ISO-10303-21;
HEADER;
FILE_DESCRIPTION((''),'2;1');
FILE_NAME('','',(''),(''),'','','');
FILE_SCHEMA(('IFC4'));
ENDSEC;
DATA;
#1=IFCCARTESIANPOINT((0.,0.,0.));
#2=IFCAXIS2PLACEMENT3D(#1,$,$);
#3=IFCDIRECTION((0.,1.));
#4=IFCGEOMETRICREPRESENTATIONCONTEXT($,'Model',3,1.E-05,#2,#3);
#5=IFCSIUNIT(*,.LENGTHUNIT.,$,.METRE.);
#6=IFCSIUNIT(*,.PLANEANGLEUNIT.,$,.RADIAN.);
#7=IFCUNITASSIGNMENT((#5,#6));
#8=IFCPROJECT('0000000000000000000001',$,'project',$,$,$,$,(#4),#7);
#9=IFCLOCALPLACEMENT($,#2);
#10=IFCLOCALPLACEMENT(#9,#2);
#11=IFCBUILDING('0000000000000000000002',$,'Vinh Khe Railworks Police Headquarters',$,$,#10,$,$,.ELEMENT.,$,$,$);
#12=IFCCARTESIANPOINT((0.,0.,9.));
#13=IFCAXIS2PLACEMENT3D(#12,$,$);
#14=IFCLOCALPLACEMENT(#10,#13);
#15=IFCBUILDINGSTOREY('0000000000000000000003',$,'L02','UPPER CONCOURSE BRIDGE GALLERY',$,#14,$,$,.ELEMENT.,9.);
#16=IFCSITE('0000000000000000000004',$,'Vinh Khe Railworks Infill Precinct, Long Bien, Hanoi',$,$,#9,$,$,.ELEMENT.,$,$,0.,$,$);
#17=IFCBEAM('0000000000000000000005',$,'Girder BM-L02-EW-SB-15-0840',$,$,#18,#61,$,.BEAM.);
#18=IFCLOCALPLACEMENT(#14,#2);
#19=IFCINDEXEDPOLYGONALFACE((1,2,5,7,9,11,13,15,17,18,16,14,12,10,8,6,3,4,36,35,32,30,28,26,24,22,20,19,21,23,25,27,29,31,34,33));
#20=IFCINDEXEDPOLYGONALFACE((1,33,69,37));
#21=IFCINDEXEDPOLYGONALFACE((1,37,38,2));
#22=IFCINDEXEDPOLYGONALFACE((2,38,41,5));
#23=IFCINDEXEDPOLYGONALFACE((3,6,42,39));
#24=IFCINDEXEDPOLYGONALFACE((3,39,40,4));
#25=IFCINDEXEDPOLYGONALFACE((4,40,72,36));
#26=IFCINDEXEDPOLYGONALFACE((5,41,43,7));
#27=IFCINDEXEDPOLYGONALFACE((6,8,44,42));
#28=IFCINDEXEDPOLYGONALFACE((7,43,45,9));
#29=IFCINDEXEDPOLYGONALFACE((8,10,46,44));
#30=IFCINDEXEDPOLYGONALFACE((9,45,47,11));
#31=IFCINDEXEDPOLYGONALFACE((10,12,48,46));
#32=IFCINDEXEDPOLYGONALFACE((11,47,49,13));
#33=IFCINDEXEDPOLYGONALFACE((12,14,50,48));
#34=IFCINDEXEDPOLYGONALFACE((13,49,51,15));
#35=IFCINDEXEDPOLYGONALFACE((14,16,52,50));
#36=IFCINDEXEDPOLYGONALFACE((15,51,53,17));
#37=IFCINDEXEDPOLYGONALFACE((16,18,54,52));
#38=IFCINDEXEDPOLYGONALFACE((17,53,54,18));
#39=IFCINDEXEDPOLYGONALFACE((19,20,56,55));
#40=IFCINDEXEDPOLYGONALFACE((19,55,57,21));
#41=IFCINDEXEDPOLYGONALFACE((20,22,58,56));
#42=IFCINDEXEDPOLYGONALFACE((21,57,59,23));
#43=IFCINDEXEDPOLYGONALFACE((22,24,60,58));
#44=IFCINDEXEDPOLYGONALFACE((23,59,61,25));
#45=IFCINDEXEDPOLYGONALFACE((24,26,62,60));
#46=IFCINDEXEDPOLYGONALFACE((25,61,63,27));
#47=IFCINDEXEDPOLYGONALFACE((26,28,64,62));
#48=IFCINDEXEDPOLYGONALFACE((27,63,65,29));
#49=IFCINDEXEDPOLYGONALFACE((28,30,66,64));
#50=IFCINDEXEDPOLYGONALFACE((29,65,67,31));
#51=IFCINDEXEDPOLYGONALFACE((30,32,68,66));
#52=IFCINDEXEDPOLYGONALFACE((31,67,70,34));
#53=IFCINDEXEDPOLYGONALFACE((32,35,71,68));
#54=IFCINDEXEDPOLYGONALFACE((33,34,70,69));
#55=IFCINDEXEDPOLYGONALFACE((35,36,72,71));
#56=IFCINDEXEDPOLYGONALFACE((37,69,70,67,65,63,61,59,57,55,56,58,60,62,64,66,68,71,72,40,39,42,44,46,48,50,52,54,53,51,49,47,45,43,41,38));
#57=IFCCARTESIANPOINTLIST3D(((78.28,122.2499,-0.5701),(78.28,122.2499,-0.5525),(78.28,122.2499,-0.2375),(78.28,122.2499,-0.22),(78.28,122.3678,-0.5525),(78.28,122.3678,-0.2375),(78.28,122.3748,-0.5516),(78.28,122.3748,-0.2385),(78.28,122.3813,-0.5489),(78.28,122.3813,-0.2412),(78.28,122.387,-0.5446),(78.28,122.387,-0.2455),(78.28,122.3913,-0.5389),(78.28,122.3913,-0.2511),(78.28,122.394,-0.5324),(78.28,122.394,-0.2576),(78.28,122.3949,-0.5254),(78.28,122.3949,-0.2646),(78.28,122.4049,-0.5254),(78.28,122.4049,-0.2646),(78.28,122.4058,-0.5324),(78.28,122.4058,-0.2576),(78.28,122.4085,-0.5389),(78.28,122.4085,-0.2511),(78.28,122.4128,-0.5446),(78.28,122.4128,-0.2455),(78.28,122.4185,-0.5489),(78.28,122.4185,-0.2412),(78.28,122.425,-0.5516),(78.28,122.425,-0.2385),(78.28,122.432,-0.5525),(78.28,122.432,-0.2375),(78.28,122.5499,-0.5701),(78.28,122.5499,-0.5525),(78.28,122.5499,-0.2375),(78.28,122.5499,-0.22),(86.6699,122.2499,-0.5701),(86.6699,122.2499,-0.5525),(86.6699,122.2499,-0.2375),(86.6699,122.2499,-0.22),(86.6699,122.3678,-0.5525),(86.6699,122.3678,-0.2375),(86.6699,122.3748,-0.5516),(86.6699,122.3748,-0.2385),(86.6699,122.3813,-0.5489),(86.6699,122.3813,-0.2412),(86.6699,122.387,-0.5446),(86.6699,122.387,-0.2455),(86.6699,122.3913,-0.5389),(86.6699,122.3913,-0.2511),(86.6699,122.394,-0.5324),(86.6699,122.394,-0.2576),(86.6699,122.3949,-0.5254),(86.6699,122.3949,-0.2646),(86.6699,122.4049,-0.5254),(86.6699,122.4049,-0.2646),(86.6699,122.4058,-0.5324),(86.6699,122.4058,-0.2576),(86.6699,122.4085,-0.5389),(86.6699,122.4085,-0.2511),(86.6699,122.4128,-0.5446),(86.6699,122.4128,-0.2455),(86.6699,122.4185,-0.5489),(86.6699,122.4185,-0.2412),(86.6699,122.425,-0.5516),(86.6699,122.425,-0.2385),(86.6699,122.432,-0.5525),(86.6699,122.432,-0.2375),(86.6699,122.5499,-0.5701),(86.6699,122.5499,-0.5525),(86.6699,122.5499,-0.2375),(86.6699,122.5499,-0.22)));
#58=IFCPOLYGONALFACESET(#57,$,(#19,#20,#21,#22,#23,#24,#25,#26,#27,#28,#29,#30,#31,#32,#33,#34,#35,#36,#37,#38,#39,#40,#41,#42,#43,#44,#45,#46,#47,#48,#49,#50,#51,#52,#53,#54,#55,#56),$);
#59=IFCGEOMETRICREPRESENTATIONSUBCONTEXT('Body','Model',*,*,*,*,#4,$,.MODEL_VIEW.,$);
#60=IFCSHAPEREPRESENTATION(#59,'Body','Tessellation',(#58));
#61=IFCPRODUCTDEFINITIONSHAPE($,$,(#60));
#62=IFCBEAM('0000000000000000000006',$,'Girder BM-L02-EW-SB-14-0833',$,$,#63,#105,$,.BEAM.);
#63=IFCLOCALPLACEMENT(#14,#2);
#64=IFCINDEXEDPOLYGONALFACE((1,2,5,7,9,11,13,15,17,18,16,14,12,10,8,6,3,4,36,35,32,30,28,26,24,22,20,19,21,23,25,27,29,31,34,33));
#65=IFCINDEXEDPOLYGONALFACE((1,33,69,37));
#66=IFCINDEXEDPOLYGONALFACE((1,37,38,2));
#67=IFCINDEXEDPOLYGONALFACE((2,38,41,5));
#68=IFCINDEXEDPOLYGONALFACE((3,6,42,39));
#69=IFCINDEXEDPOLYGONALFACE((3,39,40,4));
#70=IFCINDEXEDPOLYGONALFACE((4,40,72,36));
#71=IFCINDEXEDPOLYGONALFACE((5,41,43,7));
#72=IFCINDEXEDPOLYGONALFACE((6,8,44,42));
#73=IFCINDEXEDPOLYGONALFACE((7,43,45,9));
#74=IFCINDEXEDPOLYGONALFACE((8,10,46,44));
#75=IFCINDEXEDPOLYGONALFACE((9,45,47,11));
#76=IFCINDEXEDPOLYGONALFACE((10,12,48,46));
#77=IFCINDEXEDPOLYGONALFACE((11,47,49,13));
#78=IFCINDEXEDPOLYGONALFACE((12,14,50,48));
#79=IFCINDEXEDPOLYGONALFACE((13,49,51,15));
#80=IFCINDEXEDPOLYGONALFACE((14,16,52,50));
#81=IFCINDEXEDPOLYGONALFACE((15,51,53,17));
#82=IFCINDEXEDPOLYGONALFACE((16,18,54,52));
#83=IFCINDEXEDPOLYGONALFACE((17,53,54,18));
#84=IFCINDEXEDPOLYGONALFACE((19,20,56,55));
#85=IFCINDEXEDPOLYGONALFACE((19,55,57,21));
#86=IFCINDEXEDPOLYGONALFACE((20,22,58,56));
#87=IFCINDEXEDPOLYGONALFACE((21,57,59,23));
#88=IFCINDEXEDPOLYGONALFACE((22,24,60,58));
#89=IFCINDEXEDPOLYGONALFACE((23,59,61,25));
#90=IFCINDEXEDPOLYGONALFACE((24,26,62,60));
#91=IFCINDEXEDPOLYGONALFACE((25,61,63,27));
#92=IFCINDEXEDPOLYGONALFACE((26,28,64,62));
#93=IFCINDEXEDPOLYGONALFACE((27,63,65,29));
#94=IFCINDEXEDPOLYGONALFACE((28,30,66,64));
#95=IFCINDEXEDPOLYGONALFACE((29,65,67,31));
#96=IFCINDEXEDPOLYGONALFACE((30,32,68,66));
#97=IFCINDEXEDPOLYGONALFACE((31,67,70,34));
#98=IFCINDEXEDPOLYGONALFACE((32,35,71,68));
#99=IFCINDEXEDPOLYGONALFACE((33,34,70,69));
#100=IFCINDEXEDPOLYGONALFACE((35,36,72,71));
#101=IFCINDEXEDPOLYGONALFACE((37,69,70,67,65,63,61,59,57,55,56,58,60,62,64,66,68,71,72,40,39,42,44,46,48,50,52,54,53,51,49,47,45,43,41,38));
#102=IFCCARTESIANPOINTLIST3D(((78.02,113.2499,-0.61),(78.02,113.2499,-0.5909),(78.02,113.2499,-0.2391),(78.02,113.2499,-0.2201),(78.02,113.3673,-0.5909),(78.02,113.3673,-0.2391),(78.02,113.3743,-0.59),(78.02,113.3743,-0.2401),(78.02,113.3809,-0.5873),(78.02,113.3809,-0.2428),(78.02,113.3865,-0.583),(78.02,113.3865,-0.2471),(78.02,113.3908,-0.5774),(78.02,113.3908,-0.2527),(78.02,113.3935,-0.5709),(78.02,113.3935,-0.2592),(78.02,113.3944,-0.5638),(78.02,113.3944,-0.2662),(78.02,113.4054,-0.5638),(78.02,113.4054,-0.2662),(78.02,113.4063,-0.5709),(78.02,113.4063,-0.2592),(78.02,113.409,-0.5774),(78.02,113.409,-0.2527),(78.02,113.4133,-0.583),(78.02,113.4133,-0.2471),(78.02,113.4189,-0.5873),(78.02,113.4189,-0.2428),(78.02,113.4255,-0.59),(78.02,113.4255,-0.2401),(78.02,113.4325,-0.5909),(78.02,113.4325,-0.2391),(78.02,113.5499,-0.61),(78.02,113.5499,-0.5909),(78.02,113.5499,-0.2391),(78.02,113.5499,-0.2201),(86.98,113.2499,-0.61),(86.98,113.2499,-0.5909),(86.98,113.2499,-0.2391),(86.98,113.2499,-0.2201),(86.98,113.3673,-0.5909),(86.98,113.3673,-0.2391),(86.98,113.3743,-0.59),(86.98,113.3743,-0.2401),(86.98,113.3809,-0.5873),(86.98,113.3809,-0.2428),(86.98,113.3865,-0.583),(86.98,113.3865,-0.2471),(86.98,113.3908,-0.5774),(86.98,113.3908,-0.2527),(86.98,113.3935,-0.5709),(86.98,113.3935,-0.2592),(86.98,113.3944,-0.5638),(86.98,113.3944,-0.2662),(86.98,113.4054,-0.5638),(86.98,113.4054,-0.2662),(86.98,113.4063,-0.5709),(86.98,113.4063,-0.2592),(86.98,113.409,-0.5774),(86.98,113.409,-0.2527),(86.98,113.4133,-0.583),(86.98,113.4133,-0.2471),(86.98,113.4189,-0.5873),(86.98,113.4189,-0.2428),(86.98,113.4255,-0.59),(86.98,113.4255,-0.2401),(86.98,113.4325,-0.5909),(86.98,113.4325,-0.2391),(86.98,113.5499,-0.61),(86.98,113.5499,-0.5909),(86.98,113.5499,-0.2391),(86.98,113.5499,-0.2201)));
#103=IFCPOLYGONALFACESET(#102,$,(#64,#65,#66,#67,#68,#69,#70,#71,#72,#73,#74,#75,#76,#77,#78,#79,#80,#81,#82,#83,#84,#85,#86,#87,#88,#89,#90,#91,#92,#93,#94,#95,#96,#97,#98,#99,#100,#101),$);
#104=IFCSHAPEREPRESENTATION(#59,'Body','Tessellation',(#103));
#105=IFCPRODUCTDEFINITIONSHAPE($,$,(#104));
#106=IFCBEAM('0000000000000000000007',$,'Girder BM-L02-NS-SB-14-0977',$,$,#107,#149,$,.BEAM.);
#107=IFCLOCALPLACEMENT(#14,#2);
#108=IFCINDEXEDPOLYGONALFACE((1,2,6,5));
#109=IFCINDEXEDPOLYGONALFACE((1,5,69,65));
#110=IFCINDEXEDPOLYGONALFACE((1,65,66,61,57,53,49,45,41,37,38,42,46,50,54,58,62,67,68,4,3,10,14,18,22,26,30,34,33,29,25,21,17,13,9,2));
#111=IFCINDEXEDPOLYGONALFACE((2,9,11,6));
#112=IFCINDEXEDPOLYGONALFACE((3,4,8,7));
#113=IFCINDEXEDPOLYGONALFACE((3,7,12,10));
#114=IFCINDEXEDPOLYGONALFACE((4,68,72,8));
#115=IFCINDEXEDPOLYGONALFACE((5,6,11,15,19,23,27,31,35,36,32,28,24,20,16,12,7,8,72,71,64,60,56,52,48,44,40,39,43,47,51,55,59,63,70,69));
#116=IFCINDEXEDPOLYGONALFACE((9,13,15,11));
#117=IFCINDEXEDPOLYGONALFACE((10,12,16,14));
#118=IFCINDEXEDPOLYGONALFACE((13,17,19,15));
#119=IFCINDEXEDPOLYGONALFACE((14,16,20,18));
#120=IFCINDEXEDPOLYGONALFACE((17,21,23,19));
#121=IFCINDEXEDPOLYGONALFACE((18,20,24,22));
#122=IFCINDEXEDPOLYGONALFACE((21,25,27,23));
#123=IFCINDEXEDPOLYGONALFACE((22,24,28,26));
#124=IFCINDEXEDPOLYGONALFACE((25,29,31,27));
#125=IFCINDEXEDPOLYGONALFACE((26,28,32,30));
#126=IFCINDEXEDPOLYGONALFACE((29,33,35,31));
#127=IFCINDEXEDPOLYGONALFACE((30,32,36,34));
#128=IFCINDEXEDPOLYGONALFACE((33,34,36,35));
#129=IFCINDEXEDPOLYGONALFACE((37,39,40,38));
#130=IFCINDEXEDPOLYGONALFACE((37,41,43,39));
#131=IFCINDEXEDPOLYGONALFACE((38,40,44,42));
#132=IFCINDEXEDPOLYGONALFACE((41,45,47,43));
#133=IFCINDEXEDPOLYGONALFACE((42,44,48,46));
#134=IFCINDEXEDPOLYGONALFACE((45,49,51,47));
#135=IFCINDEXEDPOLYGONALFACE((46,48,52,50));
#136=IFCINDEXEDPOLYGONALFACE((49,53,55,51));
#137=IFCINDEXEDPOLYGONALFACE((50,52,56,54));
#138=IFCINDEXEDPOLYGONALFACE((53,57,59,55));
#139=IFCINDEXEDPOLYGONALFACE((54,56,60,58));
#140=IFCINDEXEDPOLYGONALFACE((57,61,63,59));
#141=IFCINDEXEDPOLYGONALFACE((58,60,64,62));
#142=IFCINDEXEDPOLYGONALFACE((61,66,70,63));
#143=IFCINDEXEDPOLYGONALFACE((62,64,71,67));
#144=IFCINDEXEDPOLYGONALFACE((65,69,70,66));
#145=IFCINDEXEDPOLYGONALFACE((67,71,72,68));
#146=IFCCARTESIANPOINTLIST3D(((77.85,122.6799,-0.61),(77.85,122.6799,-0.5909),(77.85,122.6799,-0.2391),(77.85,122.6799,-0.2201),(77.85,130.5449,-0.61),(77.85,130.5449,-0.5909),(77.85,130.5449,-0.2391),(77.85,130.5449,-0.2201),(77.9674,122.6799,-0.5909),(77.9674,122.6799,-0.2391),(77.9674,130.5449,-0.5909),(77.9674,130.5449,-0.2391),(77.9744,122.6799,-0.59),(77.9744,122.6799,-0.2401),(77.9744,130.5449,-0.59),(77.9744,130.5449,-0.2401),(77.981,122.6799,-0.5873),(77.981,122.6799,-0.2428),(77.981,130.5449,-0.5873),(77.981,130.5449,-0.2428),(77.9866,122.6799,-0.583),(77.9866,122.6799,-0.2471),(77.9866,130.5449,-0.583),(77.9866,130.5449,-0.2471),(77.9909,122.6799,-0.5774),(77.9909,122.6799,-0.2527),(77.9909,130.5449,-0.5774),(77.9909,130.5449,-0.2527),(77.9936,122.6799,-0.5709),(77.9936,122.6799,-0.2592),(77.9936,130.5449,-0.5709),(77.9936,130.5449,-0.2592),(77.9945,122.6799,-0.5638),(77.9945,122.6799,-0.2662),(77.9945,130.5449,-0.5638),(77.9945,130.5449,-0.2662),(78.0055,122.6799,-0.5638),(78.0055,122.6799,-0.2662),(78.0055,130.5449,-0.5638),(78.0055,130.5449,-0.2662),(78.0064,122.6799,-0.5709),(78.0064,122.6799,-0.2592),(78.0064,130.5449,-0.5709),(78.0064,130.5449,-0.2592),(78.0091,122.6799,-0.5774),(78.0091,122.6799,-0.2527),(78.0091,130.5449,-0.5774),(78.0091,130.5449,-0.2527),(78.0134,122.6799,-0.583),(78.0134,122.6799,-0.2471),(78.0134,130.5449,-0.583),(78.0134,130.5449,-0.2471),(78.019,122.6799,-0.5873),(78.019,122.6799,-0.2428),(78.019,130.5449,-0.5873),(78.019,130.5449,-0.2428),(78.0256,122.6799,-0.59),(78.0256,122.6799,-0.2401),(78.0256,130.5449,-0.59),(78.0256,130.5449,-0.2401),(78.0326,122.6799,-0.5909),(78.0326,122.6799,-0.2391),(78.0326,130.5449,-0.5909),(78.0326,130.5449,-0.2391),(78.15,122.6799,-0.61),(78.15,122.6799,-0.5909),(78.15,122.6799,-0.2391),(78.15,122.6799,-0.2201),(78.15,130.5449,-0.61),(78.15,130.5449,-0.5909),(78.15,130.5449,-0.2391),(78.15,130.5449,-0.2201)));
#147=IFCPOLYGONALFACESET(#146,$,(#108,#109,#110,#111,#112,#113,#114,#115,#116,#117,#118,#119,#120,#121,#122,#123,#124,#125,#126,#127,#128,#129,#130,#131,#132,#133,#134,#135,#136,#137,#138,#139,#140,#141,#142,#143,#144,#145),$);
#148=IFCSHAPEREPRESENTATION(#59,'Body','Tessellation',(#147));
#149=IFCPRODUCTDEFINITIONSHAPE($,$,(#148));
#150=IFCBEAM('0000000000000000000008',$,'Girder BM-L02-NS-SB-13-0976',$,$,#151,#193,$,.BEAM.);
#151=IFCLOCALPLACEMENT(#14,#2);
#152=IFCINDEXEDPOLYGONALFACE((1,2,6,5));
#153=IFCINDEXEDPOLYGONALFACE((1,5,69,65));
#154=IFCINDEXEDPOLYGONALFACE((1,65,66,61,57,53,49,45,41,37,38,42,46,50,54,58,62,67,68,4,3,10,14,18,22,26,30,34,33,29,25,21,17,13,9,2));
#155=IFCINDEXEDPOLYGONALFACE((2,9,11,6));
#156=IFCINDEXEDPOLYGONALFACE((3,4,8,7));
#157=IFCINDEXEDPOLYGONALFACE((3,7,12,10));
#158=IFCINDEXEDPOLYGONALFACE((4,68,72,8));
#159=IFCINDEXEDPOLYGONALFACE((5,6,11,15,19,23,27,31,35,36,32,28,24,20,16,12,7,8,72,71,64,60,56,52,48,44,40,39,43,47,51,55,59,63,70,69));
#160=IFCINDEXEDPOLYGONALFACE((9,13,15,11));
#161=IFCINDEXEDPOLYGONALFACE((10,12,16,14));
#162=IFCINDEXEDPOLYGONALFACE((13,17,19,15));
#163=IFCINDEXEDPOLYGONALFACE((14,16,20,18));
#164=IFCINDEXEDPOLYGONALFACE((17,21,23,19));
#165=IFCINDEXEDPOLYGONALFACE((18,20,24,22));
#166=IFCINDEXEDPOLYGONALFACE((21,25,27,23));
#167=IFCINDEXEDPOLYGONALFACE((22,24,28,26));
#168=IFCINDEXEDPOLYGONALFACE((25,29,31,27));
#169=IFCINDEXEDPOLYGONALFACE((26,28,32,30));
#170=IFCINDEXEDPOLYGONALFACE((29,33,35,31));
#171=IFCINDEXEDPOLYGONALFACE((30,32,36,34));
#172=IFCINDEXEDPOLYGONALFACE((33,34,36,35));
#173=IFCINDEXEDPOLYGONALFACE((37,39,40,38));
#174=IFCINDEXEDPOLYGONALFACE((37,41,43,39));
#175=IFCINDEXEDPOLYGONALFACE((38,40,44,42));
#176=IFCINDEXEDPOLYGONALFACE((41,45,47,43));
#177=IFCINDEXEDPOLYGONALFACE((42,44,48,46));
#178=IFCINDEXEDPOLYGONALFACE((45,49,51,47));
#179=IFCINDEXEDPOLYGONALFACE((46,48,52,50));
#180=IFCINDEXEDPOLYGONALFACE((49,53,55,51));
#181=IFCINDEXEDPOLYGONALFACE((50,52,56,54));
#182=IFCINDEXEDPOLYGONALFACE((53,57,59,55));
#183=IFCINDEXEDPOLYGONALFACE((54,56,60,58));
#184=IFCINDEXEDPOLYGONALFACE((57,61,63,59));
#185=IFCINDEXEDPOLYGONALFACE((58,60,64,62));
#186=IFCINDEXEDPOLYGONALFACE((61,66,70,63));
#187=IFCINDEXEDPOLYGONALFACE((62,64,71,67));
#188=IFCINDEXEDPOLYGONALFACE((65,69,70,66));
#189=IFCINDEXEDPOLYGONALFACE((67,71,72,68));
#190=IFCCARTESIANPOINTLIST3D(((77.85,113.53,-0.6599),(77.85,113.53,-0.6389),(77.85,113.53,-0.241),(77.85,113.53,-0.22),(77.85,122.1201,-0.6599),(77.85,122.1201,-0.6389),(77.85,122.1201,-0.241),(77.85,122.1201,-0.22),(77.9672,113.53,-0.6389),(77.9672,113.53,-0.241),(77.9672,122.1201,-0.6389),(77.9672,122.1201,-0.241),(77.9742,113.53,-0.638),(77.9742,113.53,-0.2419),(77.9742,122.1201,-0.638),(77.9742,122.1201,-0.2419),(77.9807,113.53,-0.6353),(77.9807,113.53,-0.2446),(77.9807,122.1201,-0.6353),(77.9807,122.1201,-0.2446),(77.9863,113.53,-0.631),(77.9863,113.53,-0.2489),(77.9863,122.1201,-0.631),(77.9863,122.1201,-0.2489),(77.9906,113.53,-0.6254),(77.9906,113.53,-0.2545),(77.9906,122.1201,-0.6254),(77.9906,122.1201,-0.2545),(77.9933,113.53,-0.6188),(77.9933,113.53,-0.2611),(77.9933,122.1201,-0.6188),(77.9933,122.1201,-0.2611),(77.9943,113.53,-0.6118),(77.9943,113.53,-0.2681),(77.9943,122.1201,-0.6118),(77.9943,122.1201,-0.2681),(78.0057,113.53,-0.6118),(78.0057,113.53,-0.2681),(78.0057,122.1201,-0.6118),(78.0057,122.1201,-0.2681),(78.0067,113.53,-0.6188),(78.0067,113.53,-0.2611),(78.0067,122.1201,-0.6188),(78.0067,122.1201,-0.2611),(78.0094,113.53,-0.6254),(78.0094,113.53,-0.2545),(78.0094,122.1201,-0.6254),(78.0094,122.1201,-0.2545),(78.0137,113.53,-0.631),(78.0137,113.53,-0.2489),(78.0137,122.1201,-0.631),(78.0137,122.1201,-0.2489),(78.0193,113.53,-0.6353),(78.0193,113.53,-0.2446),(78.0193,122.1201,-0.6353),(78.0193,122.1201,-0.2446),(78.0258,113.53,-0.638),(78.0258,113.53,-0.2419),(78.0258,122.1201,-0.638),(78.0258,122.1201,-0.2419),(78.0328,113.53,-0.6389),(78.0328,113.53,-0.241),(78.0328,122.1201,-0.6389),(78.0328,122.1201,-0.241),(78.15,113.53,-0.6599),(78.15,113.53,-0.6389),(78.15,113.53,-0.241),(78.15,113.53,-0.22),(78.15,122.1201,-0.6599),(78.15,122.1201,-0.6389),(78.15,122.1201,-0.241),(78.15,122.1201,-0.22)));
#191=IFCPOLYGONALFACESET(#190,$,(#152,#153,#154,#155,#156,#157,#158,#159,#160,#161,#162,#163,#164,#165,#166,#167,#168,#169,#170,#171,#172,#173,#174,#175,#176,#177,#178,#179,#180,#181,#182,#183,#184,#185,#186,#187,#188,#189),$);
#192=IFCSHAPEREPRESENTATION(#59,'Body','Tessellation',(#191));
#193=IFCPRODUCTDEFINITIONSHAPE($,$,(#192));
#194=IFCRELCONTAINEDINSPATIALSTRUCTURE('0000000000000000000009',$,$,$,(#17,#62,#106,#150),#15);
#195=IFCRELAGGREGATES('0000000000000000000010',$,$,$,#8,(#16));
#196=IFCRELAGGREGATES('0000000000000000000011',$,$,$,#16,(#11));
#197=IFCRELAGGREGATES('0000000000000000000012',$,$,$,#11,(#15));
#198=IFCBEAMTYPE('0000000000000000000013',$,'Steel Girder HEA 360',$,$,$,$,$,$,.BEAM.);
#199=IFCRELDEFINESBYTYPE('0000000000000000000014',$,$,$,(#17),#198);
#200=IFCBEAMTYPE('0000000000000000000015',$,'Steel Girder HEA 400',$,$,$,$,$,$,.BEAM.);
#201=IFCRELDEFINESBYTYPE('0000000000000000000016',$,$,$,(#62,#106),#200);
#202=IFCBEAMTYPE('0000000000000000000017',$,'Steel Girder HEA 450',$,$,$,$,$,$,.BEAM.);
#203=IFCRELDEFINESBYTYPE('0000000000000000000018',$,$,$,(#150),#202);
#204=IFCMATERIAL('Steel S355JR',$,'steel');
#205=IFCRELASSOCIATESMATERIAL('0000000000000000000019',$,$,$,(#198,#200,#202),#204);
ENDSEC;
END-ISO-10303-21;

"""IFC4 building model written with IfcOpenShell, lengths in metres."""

from ifc_helpers import new_model, si_unit, direction, frame, origin, origin_2d, place, context, subcontext, project, spatial, i_section, extrude, material, material_profile, profile_set, type_object, element, save


model = new_model("IFC4")

# Units and contexts
model_context = context("Model", 3, precision=1e-05, world=origin(), true_north=direction((0.0, 1.0)))
body_context = subcontext(model_context, "Body", "Model", "MODEL_VIEW")
ifc_project = project(units=[si_unit("LENGTHUNIT", "METRE"), si_unit("PLANEANGLEUNIT", "RADIAN")], contexts=[model_context])

# Site, building, storey
site_placement = place(None, origin())
site = spatial("IfcSite", under=ifc_project, at=site_placement, Name="Vinh Khe Railworks Infill Precinct, Long Bien, Hanoi", CompositionType="ELEMENT", RefElevation=0.0)
building_placement = place(site_placement, origin())
building = spatial("IfcBuilding", under=site, at=building_placement, Name="Vinh Khe Railworks Police Headquarters", CompositionType="ELEMENT")
storey_placement = place(building_placement, frame((0.0, 0.0, 9.0)))
storey = spatial("IfcBuildingStorey", under=building, at=storey_placement, Name="L02", Description="UPPER CONCOURSE BRIDGE GALLERY", CompositionType="ELEMENT", Elevation=9.0)

# Shared definitions
ifc_material_1 = material(Name="Steel S355JR", Category="steel")

# Beams
ifc_material_profile_1 = material_profile(ifc_material_1, i_section(OverallWidth=0.3, OverallDepth=0.3501, WebThickness=0.01, FlangeThickness=0.0176, FilletRadius=0.0271, at=origin_2d()), Name="HEA 360")
ifc_profile_set_1 = profile_set([ifc_material_profile_1], Name="Steel S355JR")
beam_type_1 = type_object("IfcBeamType", Name="Steel Girder HEA 360", PredefinedType="BEAM", material=ifc_profile_set_1)
beam_1_placement = place(storey_placement, frame((78.28, 122.3999, -0.395), z_axis=(1.0, 0.0, 0.0), x_axis=(0.0, 1.0, 0.0)))
element("IfcBeam", 1, at=beam_1_placement, inside=storey, type_object=beam_type_1, Name="Girder BM-L02-EW-SB-15-0840", PredefinedType="BEAM", context=body_context, shape_type="SweptSolid", body=[
    extrude(i_section(OverallWidth=0.3, OverallDepth=0.3501, WebThickness=0.01, FlangeThickness=0.0176, FilletRadius=0.0271, at=origin_2d()), origin(), (0.0, 0.0, 1.0), 8.3899),
])
ifc_material_profile_2 = material_profile(ifc_material_1, i_section(OverallWidth=0.3, OverallDepth=0.3899, WebThickness=0.011, FlangeThickness=0.019, FilletRadius=0.0271, at=origin_2d()), Name="HEA 400")
ifc_profile_set_2 = profile_set([ifc_material_profile_2], Name="Steel S355JR")
beam_type_2 = type_object("IfcBeamType", Name="Steel Girder HEA 400", PredefinedType="BEAM", material=ifc_profile_set_2)
beam_2_placement = place(storey_placement, frame((78.02, 113.3999, -0.415), z_axis=(1.0, 0.0, 0.0), x_axis=(0.0, 1.0, 0.0)))
element("IfcBeam", 2, at=beam_2_placement, inside=storey, type_object=beam_type_2, Name="Girder BM-L02-EW-SB-14-0833", PredefinedType="BEAM", context=body_context, shape_type="SweptSolid", body=[
    extrude(i_section(OverallWidth=0.3, OverallDepth=0.3899, WebThickness=0.011, FlangeThickness=0.019, FilletRadius=0.0271, at=origin_2d()), origin(), (0.0, 0.0, 1.0), 8.96),
])
beam_3_placement = place(storey_placement, frame((78.0, 122.6799, -0.415), z_axis=(0.0, 1.0, 0.0), x_axis=(-1.0, 0.0, 0.0)))
element("IfcBeam", 3, at=beam_3_placement, inside=storey, type_object=beam_type_2, Name="Girder BM-L02-NS-SB-14-0977", PredefinedType="BEAM", context=body_context, shape_type="SweptSolid", body=[
    extrude(i_section(OverallWidth=0.3, OverallDepth=0.3899, WebThickness=0.011, FlangeThickness=0.019, FilletRadius=0.0271, at=origin_2d()), origin(), (0.0, 0.0, 1.0), 7.865),
])
ifc_material_profile_3 = material_profile(ifc_material_1, i_section(OverallWidth=0.3, OverallDepth=0.4399, WebThickness=0.0115, FlangeThickness=0.021, FilletRadius=0.0271, at=origin_2d()), Name="HEA 450")
ifc_profile_set_3 = profile_set([ifc_material_profile_3], Name="Steel S355JR")
beam_type_3 = type_object("IfcBeamType", Name="Steel Girder HEA 450", PredefinedType="BEAM", material=ifc_profile_set_3)
beam_4_placement = place(storey_placement, frame((78.0, 113.53, -0.4399), z_axis=(0.0, 1.0, 0.0), x_axis=(-1.0, 0.0, 0.0)))
element("IfcBeam", 4, at=beam_4_placement, inside=storey, type_object=beam_type_3, Name="Girder BM-L02-NS-SB-13-0976", PredefinedType="BEAM", context=body_context, shape_type="SweptSolid", body=[
    extrude(i_section(OverallWidth=0.3, OverallDepth=0.4399, WebThickness=0.0115, FlangeThickness=0.021, FilletRadius=0.0271, at=origin_2d()), origin(), (0.0, 0.0, 1.0), 8.5901),
])

save(model, "model.ifc")
